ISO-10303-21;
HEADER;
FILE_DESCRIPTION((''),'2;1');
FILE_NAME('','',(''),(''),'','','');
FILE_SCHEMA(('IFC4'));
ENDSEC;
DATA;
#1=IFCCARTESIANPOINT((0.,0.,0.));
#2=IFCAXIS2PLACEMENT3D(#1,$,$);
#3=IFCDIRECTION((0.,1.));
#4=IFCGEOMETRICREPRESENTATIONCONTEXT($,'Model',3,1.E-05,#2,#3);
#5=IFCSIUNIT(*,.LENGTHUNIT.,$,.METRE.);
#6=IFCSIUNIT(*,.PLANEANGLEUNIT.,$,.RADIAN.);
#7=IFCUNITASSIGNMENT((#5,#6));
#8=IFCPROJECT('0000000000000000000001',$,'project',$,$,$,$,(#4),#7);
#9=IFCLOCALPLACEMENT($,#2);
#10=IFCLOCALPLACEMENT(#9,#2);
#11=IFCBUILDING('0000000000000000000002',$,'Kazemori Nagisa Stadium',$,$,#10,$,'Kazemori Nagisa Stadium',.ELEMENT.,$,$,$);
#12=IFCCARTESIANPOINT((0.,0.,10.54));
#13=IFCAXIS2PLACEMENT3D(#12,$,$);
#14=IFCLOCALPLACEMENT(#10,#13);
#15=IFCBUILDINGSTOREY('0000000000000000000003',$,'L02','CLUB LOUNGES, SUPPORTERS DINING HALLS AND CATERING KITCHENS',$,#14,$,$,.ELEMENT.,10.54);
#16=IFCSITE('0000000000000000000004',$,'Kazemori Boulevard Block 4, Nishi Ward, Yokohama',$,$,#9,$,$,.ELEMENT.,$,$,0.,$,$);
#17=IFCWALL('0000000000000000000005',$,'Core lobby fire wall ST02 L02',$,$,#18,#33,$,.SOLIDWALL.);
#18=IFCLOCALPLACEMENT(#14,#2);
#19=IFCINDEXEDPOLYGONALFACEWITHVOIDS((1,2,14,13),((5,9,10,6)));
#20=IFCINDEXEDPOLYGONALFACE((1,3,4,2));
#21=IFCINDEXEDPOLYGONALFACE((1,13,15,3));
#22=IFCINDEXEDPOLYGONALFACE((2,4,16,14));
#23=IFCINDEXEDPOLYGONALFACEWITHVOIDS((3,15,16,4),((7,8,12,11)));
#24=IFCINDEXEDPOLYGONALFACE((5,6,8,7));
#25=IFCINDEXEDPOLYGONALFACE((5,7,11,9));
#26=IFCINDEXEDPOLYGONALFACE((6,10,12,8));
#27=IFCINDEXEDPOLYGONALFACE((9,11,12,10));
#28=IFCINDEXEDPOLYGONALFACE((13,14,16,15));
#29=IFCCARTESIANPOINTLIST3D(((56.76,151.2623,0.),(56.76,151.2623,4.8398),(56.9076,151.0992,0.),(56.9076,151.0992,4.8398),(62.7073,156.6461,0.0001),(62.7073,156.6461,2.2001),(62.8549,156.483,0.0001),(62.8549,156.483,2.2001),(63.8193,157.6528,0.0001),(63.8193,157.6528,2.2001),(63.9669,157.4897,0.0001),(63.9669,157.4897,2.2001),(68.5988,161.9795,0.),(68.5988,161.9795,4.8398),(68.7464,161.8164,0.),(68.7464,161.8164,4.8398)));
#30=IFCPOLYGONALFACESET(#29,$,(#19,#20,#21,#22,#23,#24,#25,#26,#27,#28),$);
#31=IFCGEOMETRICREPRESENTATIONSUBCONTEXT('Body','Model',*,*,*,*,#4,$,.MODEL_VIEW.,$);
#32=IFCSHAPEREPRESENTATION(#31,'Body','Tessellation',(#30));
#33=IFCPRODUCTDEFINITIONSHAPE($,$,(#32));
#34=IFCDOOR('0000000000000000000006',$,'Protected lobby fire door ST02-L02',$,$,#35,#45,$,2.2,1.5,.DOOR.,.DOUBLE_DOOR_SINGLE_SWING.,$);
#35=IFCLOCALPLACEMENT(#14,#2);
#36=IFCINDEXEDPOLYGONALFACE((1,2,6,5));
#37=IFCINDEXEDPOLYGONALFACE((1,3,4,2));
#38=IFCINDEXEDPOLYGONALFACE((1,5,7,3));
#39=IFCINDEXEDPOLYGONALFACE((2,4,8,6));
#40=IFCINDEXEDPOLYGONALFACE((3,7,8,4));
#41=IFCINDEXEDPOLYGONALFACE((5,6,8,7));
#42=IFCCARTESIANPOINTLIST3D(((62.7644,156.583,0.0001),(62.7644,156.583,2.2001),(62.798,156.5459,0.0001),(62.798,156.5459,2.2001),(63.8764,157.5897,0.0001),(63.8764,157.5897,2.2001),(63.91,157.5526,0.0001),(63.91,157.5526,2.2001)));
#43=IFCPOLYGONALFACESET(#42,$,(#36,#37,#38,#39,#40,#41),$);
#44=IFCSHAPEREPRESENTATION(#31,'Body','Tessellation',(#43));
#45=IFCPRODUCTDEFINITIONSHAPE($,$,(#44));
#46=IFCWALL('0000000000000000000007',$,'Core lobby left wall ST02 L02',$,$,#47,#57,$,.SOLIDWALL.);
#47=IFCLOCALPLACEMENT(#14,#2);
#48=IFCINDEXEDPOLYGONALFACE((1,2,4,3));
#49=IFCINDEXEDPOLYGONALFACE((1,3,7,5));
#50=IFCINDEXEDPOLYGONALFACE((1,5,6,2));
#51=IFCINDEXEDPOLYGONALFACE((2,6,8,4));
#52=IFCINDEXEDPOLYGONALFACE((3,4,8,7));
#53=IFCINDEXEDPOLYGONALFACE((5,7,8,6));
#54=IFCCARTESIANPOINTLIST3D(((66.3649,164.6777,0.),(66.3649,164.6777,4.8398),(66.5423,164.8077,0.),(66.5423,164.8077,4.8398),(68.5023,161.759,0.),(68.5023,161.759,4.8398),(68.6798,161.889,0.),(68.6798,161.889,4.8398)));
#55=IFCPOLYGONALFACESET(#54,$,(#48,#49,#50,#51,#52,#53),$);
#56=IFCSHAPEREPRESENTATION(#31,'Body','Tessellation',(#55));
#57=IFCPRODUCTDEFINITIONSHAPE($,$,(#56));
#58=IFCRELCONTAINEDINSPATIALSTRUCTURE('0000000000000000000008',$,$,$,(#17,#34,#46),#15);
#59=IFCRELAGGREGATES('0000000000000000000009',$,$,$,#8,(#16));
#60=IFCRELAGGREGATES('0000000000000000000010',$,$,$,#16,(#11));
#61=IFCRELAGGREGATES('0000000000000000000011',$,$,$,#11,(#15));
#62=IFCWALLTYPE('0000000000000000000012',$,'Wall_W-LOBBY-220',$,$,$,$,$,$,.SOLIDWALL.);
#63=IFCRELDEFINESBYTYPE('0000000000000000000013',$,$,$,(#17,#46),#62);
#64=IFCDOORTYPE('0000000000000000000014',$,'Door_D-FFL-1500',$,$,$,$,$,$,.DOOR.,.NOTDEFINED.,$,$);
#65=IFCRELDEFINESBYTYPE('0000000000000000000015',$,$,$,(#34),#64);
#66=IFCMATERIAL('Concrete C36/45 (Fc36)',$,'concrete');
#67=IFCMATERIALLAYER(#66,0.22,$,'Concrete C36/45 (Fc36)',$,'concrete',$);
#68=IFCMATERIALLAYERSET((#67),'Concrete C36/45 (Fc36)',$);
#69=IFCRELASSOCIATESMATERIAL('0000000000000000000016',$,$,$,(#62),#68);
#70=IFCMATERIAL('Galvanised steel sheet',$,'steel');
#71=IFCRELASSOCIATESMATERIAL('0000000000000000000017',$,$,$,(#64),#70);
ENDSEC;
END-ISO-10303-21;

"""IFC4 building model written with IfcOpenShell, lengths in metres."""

from ifc_helpers import new_model, si_unit, direction, frame, frame_2d, origin, place, context, subcontext, project, spatial, rectangle, extrude, material, layer, layer_set, type_object, element, fill, save


model = new_model("IFC4")

# Units and contexts
model_context = context("Model", 3, precision=1e-05, world=origin(), true_north=direction((0.0, 1.0)))
body_context = subcontext(model_context, "Body", "Model", "MODEL_VIEW")
ifc_project = project(units=[si_unit("LENGTHUNIT", "METRE"), si_unit("PLANEANGLEUNIT", "RADIAN")], contexts=[model_context])

# Site, building, storey
site_placement = place(None, origin())
site = spatial("IfcSite", under=ifc_project, at=site_placement, Name="Kazemori Boulevard Block 4, Nishi Ward, Yokohama", CompositionType="ELEMENT", RefElevation=0.0)
building_placement = place(site_placement, origin())
building = spatial("IfcBuilding", under=site, at=building_placement, Name="Kazemori Nagisa Stadium", LongName="Kazemori Nagisa Stadium", CompositionType="ELEMENT")
storey_placement = place(building_placement, frame((0.0, 0.0, 10.54)))
storey = spatial("IfcBuildingStorey", under=building, at=storey_placement, Name="L02", Description="CLUB LOUNGES, SUPPORTERS DINING HALLS AND CATERING KITCHENS", CompositionType="ELEMENT", Elevation=10.54)

# Wall, opening, door
ifc_material_1 = material(Name="Concrete C36/45 (Fc36)", Category="concrete")
ifc_layer_1 = layer(ifc_material_1, 0.22, Name="Concrete C36/45 (Fc36)", Category="concrete")
ifc_layer_set_1 = layer_set([ifc_layer_1], Name="Concrete C36/45 (Fc36)")
wall_type = type_object("IfcWallType", Name="Wall_W-LOBBY-220", PredefinedType="SOLIDWALL", material=ifc_layer_set_1)
wall_1_placement = place(storey_placement, frame((68.6726, 161.8979, 0.0), z_axis=(0.0, 0.0, 1.0), x_axis=(-0.741351, -0.671117, 0.0)))
wall_1 = element("IfcWall", 1, at=wall_1_placement, inside=storey, type_object=wall_type, Name="Core lobby fire wall ST02 L02", PredefinedType="SOLIDWALL", context=body_context, shape_type="SweptSolid", body=[
    extrude(rectangle(XDim=15.9692, YDim=0.22, at=frame_2d((7.9846, 0.0))), origin(), (0.0, 0.0, 1.0), 4.8398),
])
opening_placement = place(wall_1_placement, frame((6.447, 0.0, 0.0)))
opening = element("IfcOpeningElement", 2, at=opening_placement, cuts=wall_1, PredefinedType="OPENING", context=body_context, shape_type="SweptSolid", body=[
    extrude(rectangle(XDim=1.5, YDim=2.2, at=frame_2d((0.75, 1.1001))), frame((0.0, 0.1199, 0.0), z_axis=(0.0, -1.0, 0.0), x_axis=(1.0, 0.0, 0.0)), (0.0, 0.0, 1.0), 0.24),
])
ifc_material_2 = material(Name="Galvanised steel sheet", Category="steel")
door_type = type_object("IfcDoorType", Name="Door_D-FFL-1500", OperationType="NOTDEFINED", PredefinedType="DOOR", material=ifc_material_2)
door_placement = place(opening_placement, frame((1.5, 0.0, 0.0), z_axis=(0.0, 0.0, 1.0), x_axis=(-1.0, 0.0, 0.0)))
door = element("IfcDoor", 3, at=door_placement, inside=storey, type_object=door_type, Name="Protected lobby fire door ST02-L02", OperationType="DOUBLE_DOOR_SINGLE_SWING", OverallHeight=2.2, OverallWidth=1.5, PredefinedType="DOOR", context=body_context, shape_type="SweptSolid", body=[
    extrude(rectangle(XDim=1.5, YDim=2.2, at=frame_2d((0.75, 1.1001))), frame((0.0, 0.0249, 0.0), z_axis=(0.0, -1.0, 0.0), x_axis=(1.0, 0.0, 0.0)), (0.0, 0.0, 1.0), 0.05),
])
fill(opening, door)

# Wall
wall_2_placement = place(storey_placement, frame((68.5911, 161.824, 0.0), z_axis=(0.0, 0.0, 1.0), x_axis=(-0.590837, 0.806791, 0.0)))
element("IfcWall", 4, at=wall_2_placement, inside=storey, type_object=wall_type, Name="Core lobby left wall ST02 L02", PredefinedType="SOLIDWALL", context=body_context, shape_type="SweptSolid", body=[
    extrude(rectangle(XDim=3.6177, YDim=0.22, at=frame_2d((1.8088, 0.0))), origin(), (0.0, 0.0, 1.0), 4.8398),
])

save(model, "model.ifc")
